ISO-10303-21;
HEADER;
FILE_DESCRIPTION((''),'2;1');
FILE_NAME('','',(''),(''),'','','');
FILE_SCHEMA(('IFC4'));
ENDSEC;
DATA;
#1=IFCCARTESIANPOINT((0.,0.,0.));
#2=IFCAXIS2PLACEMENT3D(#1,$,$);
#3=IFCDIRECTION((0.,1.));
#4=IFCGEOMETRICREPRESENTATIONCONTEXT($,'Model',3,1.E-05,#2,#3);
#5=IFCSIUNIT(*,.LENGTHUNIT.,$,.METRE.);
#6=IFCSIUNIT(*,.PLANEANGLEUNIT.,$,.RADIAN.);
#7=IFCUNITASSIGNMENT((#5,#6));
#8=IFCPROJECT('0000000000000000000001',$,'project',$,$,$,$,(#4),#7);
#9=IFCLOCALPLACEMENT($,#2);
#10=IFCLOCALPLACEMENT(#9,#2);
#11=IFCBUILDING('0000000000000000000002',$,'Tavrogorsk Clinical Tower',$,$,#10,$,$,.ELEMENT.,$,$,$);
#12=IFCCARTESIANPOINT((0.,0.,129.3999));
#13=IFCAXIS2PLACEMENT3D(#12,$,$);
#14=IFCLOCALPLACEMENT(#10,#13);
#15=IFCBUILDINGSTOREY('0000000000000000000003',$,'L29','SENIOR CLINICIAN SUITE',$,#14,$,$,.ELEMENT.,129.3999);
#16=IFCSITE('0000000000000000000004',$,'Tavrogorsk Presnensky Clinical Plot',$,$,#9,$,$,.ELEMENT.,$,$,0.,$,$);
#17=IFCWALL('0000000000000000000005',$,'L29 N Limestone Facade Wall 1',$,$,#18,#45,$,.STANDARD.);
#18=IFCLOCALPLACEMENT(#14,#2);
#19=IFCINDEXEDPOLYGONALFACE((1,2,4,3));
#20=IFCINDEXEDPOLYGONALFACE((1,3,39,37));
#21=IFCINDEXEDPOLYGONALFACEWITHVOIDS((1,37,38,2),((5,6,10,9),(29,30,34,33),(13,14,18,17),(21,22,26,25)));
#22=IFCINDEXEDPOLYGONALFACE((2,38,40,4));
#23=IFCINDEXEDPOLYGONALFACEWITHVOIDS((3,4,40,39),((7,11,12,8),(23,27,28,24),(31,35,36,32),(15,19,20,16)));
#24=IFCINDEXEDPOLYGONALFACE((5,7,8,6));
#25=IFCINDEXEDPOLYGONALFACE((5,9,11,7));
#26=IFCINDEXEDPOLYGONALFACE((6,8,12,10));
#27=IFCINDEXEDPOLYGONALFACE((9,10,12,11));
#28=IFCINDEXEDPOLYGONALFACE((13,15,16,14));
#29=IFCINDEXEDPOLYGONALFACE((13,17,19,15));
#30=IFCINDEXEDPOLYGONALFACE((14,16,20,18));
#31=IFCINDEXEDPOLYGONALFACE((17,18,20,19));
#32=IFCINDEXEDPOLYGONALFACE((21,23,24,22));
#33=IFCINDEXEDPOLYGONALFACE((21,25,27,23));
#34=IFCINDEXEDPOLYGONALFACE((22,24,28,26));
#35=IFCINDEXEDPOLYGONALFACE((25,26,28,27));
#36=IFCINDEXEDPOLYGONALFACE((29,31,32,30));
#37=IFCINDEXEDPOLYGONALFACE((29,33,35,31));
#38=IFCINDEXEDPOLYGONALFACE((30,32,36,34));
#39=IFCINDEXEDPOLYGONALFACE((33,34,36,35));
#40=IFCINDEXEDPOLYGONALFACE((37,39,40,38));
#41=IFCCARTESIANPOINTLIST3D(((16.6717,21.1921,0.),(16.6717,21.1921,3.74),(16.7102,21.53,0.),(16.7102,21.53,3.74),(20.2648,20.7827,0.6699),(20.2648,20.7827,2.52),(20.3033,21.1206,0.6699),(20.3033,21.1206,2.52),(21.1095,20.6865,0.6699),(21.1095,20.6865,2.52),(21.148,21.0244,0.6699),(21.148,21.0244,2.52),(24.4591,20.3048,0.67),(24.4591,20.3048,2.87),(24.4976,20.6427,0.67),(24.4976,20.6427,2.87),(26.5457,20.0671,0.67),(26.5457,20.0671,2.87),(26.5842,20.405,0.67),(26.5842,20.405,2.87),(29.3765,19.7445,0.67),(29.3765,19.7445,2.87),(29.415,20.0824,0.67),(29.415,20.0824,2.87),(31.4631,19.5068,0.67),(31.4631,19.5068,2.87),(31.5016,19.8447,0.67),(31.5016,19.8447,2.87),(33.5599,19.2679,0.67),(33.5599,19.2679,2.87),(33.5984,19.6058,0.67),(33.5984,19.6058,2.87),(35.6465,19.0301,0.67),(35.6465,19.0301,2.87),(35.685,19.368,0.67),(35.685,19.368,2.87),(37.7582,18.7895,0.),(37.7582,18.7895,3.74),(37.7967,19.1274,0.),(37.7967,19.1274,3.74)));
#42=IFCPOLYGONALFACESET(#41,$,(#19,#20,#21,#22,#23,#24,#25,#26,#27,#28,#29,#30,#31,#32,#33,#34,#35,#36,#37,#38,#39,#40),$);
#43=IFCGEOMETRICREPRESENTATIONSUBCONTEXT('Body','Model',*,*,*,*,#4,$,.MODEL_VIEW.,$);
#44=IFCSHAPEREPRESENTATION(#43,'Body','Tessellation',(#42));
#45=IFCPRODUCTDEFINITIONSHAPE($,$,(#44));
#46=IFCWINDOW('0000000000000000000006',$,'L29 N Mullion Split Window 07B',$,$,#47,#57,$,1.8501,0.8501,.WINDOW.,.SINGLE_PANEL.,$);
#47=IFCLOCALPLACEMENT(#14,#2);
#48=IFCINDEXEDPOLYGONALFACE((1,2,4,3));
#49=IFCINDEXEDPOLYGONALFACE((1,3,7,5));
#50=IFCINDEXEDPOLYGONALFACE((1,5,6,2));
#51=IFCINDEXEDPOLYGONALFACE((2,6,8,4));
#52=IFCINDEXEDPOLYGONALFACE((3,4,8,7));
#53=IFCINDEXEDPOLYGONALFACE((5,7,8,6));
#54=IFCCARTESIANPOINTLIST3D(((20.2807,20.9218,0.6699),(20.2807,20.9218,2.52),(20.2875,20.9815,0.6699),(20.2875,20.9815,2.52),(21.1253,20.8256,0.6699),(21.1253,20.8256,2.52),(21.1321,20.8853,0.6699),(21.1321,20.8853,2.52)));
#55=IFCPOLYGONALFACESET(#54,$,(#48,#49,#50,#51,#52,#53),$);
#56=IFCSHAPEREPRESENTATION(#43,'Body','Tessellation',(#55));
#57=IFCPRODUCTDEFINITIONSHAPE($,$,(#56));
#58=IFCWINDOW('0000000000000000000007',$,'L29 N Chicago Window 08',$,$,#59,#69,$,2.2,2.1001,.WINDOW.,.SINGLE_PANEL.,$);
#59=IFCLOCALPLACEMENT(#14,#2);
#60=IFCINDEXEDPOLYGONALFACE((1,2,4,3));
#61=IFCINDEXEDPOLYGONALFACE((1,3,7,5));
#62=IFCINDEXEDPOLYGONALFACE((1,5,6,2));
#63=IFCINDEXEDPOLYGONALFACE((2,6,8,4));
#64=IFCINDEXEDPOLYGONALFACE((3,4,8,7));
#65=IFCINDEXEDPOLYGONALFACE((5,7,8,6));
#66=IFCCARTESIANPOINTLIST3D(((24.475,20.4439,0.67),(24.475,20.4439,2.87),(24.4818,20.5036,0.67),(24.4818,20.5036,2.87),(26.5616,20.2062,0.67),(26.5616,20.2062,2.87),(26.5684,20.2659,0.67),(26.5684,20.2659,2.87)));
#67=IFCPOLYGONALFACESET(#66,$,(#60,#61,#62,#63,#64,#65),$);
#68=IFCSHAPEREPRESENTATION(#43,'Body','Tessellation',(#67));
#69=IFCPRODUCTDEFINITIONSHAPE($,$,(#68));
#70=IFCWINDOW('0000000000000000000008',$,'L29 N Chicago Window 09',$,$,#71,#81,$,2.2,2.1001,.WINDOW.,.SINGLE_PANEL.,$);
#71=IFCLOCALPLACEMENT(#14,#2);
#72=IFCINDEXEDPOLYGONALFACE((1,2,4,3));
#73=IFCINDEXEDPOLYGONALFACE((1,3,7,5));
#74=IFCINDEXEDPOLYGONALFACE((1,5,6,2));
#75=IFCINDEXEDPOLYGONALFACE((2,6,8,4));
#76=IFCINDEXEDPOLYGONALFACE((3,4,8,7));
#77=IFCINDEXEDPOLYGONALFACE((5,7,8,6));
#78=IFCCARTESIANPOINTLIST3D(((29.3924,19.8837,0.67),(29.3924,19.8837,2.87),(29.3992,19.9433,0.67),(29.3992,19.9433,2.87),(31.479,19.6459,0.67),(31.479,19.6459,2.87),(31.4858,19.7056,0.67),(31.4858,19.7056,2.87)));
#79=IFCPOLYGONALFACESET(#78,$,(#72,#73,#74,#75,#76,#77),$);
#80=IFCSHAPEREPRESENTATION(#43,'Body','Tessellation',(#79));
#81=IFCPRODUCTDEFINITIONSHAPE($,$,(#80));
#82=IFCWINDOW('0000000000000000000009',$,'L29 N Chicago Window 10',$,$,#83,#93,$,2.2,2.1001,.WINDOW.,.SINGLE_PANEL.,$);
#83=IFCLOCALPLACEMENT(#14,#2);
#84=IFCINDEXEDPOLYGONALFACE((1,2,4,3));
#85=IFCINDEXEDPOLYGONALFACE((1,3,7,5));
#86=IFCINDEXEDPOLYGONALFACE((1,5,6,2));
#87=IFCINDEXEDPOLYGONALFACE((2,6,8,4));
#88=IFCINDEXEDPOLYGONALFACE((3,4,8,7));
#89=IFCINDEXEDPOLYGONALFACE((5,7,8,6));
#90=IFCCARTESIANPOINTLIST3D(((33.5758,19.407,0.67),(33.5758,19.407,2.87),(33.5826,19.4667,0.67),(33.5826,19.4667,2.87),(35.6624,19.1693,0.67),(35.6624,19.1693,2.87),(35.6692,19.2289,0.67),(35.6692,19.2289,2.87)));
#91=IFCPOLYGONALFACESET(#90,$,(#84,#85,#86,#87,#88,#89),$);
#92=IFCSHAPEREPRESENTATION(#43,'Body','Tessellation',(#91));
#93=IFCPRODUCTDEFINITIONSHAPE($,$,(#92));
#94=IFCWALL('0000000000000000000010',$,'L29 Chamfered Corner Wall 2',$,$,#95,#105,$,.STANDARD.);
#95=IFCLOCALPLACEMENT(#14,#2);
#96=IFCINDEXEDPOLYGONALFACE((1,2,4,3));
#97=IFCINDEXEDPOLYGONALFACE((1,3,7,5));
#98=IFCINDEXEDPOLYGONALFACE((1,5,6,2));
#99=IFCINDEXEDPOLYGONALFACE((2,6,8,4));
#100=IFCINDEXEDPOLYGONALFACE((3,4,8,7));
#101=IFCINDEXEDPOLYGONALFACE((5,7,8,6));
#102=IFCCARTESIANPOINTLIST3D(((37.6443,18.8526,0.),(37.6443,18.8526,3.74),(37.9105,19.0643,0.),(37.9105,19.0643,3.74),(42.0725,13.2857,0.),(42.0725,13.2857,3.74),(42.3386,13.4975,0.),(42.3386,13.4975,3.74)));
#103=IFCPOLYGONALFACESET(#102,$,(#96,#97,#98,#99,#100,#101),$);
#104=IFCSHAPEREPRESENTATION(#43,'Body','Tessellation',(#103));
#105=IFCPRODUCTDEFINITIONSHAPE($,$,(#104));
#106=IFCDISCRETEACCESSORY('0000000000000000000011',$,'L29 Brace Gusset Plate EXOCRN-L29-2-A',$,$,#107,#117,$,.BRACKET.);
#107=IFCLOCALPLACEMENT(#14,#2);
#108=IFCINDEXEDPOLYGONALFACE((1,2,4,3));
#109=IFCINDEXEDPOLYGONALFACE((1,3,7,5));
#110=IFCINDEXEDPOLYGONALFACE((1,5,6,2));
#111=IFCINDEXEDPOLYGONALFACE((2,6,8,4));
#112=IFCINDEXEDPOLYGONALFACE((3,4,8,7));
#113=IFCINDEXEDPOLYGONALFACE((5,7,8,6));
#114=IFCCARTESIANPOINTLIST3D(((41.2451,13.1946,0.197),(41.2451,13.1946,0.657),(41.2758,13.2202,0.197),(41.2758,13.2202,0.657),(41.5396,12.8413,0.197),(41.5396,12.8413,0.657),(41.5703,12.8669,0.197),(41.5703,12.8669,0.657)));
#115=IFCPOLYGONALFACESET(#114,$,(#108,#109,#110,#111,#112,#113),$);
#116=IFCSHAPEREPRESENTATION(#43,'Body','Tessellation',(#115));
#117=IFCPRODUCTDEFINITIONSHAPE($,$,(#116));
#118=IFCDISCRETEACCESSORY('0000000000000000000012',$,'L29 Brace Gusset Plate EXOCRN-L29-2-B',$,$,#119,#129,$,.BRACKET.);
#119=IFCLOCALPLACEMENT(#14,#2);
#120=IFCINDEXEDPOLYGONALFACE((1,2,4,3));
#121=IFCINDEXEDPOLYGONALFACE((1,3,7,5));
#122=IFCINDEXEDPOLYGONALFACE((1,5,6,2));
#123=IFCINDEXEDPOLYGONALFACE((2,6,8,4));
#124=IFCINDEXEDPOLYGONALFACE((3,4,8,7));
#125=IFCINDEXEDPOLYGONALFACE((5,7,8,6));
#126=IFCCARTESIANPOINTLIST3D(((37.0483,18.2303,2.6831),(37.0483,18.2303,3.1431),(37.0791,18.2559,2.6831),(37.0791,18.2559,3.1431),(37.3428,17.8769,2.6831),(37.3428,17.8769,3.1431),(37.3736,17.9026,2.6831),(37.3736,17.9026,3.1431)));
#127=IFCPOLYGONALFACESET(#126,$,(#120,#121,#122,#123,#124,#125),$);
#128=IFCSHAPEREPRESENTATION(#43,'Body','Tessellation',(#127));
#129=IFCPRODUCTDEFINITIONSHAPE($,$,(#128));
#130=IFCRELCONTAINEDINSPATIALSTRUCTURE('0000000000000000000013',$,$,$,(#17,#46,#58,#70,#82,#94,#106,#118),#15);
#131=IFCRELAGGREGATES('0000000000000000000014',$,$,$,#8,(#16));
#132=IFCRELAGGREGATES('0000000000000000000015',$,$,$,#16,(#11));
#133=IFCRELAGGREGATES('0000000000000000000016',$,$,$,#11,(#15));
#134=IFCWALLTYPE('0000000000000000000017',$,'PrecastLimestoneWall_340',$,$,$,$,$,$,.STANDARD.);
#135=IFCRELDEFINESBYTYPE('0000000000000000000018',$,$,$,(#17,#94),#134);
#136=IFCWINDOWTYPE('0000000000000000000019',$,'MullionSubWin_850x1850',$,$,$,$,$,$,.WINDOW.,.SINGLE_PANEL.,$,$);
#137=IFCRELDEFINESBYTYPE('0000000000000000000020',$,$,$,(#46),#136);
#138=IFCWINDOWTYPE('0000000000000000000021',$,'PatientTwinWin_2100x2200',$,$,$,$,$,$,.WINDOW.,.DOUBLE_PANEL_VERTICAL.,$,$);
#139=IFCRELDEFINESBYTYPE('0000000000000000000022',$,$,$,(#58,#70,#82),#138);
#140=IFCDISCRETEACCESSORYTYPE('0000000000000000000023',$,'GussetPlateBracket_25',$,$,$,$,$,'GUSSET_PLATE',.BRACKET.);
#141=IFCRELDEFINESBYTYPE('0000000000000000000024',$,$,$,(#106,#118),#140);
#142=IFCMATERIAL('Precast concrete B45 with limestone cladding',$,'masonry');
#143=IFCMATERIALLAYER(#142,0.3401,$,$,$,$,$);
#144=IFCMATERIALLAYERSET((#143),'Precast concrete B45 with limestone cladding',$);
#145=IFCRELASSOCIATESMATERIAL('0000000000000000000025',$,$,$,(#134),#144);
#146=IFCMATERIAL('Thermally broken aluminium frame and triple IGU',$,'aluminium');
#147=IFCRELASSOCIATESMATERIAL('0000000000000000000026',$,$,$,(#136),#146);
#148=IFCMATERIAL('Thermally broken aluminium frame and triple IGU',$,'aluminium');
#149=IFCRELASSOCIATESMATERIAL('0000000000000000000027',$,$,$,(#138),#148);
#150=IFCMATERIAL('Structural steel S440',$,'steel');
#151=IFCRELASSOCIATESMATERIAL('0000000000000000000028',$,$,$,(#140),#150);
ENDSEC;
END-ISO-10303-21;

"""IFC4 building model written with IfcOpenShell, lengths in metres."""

from ifc_helpers import new_model, si_unit, direction, frame, frame_2d, origin, origin_2d, place, context, subcontext, project, spatial, rectangle, extrude, material, layer, layer_set, type_object, element, fill, save


model = new_model("IFC4")

# Units and contexts
model_context = context("Model", 3, precision=1e-05, world=origin(), true_north=direction((0.0, 1.0)))
body_context = subcontext(model_context, "Body", "Model", "MODEL_VIEW")
ifc_project = project(units=[si_unit("LENGTHUNIT", "METRE"), si_unit("PLANEANGLEUNIT", "RADIAN")], contexts=[model_context])

# Site, building, storey
site_placement = place(None, origin())
site = spatial("IfcSite", under=ifc_project, at=site_placement, Name="Tavrogorsk Presnensky Clinical Plot", CompositionType="ELEMENT", RefElevation=0.0)
building_placement = place(site_placement, origin())
building = spatial("IfcBuilding", under=site, at=building_placement, Name="Tavrogorsk Clinical Tower", CompositionType="ELEMENT")
storey_placement = place(building_placement, frame((0.0, 0.0, 129.3999)))
storey = spatial("IfcBuildingStorey", under=building, at=storey_placement, Name="L29", Description="SENIOR CLINICIAN SUITE", CompositionType="ELEMENT", Elevation=129.3999)

# Wall, openings, windows
ifc_material_1 = material(Name="Precast concrete B45 with limestone cladding", Category="masonry")
ifc_layer_1 = layer(ifc_material_1, 0.3401)
ifc_layer_set_1 = layer_set([ifc_layer_1], Name="Precast concrete B45 with limestone cladding")
wall_type_1 = type_object("IfcWallType", Name="PrecastLimestoneWall_340", PredefinedType="STANDARD", material=ifc_layer_set_1)
wall_1_placement = place(storey_placement, frame((37.7773, 18.9585, 0.0), z_axis=(0.0, 0.0, 1.0), x_axis=(-0.993571, 0.113208, 0.0)))
wall_1 = element("IfcWall", 1, at=wall_1_placement, inside=storey, type_object=wall_type_1, Name="L29 N Limestone Facade Wall 1", PredefinedType="STANDARD", context=body_context, shape_type="SweptSolid", body=[
    extrude(rectangle(XDim=21.2229, YDim=0.3401, at=frame_2d((10.6113, 0.0))), origin(), (0.0, 0.0, 1.0), 3.74),
])
opening_1_placement = place(wall_1_placement, frame((16.7563, 0.0, 0.6699)))
opening_1 = element("IfcOpeningElement", 2, at=opening_1_placement, cuts=wall_1, PredefinedType="OPENING", context=body_context, shape_type="SweptSolid", body=[
    extrude(rectangle(XDim=0.8501, YDim=1.8501, at=frame_2d((0.425, 0.925))), frame((0.0, 0.1799, 0.0), z_axis=(0.0, -1.0, 0.0), x_axis=(1.0, 0.0, 0.0)), (0.0, 0.0, 1.0), 0.3601),
])
opening_2_placement = place(wall_1_placement, frame((11.2849, 0.0, 0.6699)))
opening_2 = element("IfcOpeningElement", 3, at=opening_2_placement, cuts=wall_1, PredefinedType="OPENING", context=body_context, shape_type="SweptSolid", body=[
    extrude(rectangle(XDim=2.1001, YDim=2.2, at=frame_2d((1.05, 1.1001))), frame((0.0, 0.1799, 0.0), z_axis=(0.0, -1.0, 0.0), x_axis=(1.0, 0.0, 0.0)), (0.0, 0.0, 1.0), 0.3601),
])
opening_3_placement = place(wall_1_placement, frame((6.3357, 0.0, 0.6699)))
opening_3 = element("IfcOpeningElement", 4, at=opening_3_placement, cuts=wall_1, PredefinedType="OPENING", context=body_context, shape_type="SweptSolid", body=[
    extrude(rectangle(XDim=2.1001, YDim=2.2, at=frame_2d((1.05, 1.1001))), frame((0.0, 0.1799, 0.0), z_axis=(0.0, -1.0, 0.0), x_axis=(1.0, 0.0, 0.0)), (0.0, 0.0, 1.0), 0.3601),
])
opening_4_placement = place(wall_1_placement, frame((2.1252, 0.0, 0.6699)))
opening_4 = element("IfcOpeningElement", 5, at=opening_4_placement, cuts=wall_1, PredefinedType="OPENING", context=body_context, shape_type="SweptSolid", body=[
    extrude(rectangle(XDim=2.1001, YDim=2.2, at=frame_2d((1.05, 1.1001))), frame((0.0, 0.1799, 0.0), z_axis=(0.0, -1.0, 0.0), x_axis=(1.0, 0.0, 0.0)), (0.0, 0.0, 1.0), 0.3601),
])
ifc_material_2 = material(Name="Thermally broken aluminium frame and triple IGU", Category="aluminium")
window_type_1 = type_object("IfcWindowType", Name="MullionSubWin_850x1850", PartitioningType="SINGLE_PANEL", PredefinedType="WINDOW", material=ifc_material_2)
window_1_placement = place(opening_1_placement, origin())
window_1 = element("IfcWindow", 6, at=window_1_placement, inside=storey, type_object=window_type_1, Name="L29 N Mullion Split Window 07B", OverallHeight=1.8501, OverallWidth=0.8501, PartitioningType="SINGLE_PANEL", PredefinedType="WINDOW", context=body_context, shape_type="SweptSolid", body=[
    extrude(rectangle(XDim=0.8501, YDim=1.8501, at=frame_2d((0.425, 0.925))), frame((0.0, 0.03, 0.0), z_axis=(0.0, -1.0, 0.0), x_axis=(1.0, 0.0, 0.0)), (0.0, 0.0, 1.0), 0.0601),
])
fill(opening_1, window_1)
ifc_material_3 = material(Name="Thermally broken aluminium frame and triple IGU", Category="aluminium")
window_type_2 = type_object("IfcWindowType", Name="PatientTwinWin_2100x2200", PartitioningType="DOUBLE_PANEL_VERTICAL", PredefinedType="WINDOW", material=ifc_material_3)
window_2_placement = place(opening_2_placement, origin())
window_2 = element("IfcWindow", 7, at=window_2_placement, inside=storey, type_object=window_type_2, Name="L29 N Chicago Window 08", OverallHeight=2.2, OverallWidth=2.1001, PartitioningType="SINGLE_PANEL", PredefinedType="WINDOW", context=body_context, shape_type="SweptSolid", body=[
    extrude(rectangle(XDim=2.1001, YDim=2.2, at=frame_2d((1.05, 1.1001))), frame((0.0, 0.03, 0.0), z_axis=(0.0, -1.0, 0.0), x_axis=(1.0, 0.0, 0.0)), (0.0, 0.0, 1.0), 0.0601),
])
fill(opening_2, window_2)
window_3_placement = place(opening_3_placement, origin())
window_3 = element("IfcWindow", 8, at=window_3_placement, inside=storey, type_object=window_type_2, Name="L29 N Chicago Window 09", OverallHeight=2.2, OverallWidth=2.1001, PartitioningType="SINGLE_PANEL", PredefinedType="WINDOW", context=body_context, shape_type="SweptSolid", body=[
    extrude(rectangle(XDim=2.1001, YDim=2.2, at=frame_2d((1.05, 1.1001))), frame((0.0, 0.03, 0.0), z_axis=(0.0, -1.0, 0.0), x_axis=(1.0, 0.0, 0.0)), (0.0, 0.0, 1.0), 0.0601),
])
fill(opening_3, window_3)
window_4_placement = place(opening_4_placement, origin())
window_4 = element("IfcWindow", 9, at=window_4_placement, inside=storey, type_object=window_type_2, Name="L29 N Chicago Window 10", OverallHeight=2.2, OverallWidth=2.1001, PartitioningType="SINGLE_PANEL", PredefinedType="WINDOW", context=body_context, shape_type="SweptSolid", body=[
    extrude(rectangle(XDim=2.1001, YDim=2.2, at=frame_2d((1.05, 1.1001))), frame((0.0, 0.03, 0.0), z_axis=(0.0, -1.0, 0.0), x_axis=(1.0, 0.0, 0.0)), (0.0, 0.0, 1.0), 0.0601),
])
fill(opening_4, window_4)

# Wall
wall_2_placement = place(storey_placement, frame((42.2056, 13.3916, 0.0), z_axis=(0.0, 0.0, 1.0), x_axis=(-0.622525, 0.7826, 0.0)))
element("IfcWall", 10, at=wall_2_placement, inside=storey, type_object=wall_type_1, Name="L29 Chamfered Corner Wall 2", PredefinedType="STANDARD", context=body_context, shape_type="SweptSolid", body=[
    extrude(rectangle(XDim=7.1133, YDim=0.3401, at=frame_2d((3.5566, 0.0))), origin(), (0.0, 0.0, 1.0), 3.74),
])

# Discrete accessories
ifc_material_4 = material(Name="Structural steel S440", Category="steel")
discrete_accessory_type = type_object("IfcDiscreteAccessoryType", Name="GussetPlateBracket_25", ElementType="GUSSET_PLATE", PredefinedType="BRACKET", material=ifc_material_4)
for number, where, z_axis, x_axis, name in (
    (11, (41.4077, 13.0308, 0.197), (0.0, 0.0, 1.0), (-0.640244, 0.768172, 0.0), "L29 Brace Gusset Plate EXOCRN-L29-2-A"),
    (12, (37.2109, 18.0664, 2.6831), (0.0, 0.0, 1.0), (-0.640244, 0.768172, 0.0), "L29 Brace Gusset Plate EXOCRN-L29-2-B"),
):
    element("IfcDiscreteAccessory", number, at=place(storey_placement, frame(where, z_axis=z_axis, x_axis=x_axis)), inside=storey, type_object=discrete_accessory_type, Name=name, PredefinedType="BRACKET", context=body_context, shape_type="SweptSolid", body=[
        extrude(rectangle(XDim=0.46, YDim=0.04, at=origin_2d()), origin(), (0.0, 0.0, 1.0), 0.46),
    ])

save(model, "model.ifc")
